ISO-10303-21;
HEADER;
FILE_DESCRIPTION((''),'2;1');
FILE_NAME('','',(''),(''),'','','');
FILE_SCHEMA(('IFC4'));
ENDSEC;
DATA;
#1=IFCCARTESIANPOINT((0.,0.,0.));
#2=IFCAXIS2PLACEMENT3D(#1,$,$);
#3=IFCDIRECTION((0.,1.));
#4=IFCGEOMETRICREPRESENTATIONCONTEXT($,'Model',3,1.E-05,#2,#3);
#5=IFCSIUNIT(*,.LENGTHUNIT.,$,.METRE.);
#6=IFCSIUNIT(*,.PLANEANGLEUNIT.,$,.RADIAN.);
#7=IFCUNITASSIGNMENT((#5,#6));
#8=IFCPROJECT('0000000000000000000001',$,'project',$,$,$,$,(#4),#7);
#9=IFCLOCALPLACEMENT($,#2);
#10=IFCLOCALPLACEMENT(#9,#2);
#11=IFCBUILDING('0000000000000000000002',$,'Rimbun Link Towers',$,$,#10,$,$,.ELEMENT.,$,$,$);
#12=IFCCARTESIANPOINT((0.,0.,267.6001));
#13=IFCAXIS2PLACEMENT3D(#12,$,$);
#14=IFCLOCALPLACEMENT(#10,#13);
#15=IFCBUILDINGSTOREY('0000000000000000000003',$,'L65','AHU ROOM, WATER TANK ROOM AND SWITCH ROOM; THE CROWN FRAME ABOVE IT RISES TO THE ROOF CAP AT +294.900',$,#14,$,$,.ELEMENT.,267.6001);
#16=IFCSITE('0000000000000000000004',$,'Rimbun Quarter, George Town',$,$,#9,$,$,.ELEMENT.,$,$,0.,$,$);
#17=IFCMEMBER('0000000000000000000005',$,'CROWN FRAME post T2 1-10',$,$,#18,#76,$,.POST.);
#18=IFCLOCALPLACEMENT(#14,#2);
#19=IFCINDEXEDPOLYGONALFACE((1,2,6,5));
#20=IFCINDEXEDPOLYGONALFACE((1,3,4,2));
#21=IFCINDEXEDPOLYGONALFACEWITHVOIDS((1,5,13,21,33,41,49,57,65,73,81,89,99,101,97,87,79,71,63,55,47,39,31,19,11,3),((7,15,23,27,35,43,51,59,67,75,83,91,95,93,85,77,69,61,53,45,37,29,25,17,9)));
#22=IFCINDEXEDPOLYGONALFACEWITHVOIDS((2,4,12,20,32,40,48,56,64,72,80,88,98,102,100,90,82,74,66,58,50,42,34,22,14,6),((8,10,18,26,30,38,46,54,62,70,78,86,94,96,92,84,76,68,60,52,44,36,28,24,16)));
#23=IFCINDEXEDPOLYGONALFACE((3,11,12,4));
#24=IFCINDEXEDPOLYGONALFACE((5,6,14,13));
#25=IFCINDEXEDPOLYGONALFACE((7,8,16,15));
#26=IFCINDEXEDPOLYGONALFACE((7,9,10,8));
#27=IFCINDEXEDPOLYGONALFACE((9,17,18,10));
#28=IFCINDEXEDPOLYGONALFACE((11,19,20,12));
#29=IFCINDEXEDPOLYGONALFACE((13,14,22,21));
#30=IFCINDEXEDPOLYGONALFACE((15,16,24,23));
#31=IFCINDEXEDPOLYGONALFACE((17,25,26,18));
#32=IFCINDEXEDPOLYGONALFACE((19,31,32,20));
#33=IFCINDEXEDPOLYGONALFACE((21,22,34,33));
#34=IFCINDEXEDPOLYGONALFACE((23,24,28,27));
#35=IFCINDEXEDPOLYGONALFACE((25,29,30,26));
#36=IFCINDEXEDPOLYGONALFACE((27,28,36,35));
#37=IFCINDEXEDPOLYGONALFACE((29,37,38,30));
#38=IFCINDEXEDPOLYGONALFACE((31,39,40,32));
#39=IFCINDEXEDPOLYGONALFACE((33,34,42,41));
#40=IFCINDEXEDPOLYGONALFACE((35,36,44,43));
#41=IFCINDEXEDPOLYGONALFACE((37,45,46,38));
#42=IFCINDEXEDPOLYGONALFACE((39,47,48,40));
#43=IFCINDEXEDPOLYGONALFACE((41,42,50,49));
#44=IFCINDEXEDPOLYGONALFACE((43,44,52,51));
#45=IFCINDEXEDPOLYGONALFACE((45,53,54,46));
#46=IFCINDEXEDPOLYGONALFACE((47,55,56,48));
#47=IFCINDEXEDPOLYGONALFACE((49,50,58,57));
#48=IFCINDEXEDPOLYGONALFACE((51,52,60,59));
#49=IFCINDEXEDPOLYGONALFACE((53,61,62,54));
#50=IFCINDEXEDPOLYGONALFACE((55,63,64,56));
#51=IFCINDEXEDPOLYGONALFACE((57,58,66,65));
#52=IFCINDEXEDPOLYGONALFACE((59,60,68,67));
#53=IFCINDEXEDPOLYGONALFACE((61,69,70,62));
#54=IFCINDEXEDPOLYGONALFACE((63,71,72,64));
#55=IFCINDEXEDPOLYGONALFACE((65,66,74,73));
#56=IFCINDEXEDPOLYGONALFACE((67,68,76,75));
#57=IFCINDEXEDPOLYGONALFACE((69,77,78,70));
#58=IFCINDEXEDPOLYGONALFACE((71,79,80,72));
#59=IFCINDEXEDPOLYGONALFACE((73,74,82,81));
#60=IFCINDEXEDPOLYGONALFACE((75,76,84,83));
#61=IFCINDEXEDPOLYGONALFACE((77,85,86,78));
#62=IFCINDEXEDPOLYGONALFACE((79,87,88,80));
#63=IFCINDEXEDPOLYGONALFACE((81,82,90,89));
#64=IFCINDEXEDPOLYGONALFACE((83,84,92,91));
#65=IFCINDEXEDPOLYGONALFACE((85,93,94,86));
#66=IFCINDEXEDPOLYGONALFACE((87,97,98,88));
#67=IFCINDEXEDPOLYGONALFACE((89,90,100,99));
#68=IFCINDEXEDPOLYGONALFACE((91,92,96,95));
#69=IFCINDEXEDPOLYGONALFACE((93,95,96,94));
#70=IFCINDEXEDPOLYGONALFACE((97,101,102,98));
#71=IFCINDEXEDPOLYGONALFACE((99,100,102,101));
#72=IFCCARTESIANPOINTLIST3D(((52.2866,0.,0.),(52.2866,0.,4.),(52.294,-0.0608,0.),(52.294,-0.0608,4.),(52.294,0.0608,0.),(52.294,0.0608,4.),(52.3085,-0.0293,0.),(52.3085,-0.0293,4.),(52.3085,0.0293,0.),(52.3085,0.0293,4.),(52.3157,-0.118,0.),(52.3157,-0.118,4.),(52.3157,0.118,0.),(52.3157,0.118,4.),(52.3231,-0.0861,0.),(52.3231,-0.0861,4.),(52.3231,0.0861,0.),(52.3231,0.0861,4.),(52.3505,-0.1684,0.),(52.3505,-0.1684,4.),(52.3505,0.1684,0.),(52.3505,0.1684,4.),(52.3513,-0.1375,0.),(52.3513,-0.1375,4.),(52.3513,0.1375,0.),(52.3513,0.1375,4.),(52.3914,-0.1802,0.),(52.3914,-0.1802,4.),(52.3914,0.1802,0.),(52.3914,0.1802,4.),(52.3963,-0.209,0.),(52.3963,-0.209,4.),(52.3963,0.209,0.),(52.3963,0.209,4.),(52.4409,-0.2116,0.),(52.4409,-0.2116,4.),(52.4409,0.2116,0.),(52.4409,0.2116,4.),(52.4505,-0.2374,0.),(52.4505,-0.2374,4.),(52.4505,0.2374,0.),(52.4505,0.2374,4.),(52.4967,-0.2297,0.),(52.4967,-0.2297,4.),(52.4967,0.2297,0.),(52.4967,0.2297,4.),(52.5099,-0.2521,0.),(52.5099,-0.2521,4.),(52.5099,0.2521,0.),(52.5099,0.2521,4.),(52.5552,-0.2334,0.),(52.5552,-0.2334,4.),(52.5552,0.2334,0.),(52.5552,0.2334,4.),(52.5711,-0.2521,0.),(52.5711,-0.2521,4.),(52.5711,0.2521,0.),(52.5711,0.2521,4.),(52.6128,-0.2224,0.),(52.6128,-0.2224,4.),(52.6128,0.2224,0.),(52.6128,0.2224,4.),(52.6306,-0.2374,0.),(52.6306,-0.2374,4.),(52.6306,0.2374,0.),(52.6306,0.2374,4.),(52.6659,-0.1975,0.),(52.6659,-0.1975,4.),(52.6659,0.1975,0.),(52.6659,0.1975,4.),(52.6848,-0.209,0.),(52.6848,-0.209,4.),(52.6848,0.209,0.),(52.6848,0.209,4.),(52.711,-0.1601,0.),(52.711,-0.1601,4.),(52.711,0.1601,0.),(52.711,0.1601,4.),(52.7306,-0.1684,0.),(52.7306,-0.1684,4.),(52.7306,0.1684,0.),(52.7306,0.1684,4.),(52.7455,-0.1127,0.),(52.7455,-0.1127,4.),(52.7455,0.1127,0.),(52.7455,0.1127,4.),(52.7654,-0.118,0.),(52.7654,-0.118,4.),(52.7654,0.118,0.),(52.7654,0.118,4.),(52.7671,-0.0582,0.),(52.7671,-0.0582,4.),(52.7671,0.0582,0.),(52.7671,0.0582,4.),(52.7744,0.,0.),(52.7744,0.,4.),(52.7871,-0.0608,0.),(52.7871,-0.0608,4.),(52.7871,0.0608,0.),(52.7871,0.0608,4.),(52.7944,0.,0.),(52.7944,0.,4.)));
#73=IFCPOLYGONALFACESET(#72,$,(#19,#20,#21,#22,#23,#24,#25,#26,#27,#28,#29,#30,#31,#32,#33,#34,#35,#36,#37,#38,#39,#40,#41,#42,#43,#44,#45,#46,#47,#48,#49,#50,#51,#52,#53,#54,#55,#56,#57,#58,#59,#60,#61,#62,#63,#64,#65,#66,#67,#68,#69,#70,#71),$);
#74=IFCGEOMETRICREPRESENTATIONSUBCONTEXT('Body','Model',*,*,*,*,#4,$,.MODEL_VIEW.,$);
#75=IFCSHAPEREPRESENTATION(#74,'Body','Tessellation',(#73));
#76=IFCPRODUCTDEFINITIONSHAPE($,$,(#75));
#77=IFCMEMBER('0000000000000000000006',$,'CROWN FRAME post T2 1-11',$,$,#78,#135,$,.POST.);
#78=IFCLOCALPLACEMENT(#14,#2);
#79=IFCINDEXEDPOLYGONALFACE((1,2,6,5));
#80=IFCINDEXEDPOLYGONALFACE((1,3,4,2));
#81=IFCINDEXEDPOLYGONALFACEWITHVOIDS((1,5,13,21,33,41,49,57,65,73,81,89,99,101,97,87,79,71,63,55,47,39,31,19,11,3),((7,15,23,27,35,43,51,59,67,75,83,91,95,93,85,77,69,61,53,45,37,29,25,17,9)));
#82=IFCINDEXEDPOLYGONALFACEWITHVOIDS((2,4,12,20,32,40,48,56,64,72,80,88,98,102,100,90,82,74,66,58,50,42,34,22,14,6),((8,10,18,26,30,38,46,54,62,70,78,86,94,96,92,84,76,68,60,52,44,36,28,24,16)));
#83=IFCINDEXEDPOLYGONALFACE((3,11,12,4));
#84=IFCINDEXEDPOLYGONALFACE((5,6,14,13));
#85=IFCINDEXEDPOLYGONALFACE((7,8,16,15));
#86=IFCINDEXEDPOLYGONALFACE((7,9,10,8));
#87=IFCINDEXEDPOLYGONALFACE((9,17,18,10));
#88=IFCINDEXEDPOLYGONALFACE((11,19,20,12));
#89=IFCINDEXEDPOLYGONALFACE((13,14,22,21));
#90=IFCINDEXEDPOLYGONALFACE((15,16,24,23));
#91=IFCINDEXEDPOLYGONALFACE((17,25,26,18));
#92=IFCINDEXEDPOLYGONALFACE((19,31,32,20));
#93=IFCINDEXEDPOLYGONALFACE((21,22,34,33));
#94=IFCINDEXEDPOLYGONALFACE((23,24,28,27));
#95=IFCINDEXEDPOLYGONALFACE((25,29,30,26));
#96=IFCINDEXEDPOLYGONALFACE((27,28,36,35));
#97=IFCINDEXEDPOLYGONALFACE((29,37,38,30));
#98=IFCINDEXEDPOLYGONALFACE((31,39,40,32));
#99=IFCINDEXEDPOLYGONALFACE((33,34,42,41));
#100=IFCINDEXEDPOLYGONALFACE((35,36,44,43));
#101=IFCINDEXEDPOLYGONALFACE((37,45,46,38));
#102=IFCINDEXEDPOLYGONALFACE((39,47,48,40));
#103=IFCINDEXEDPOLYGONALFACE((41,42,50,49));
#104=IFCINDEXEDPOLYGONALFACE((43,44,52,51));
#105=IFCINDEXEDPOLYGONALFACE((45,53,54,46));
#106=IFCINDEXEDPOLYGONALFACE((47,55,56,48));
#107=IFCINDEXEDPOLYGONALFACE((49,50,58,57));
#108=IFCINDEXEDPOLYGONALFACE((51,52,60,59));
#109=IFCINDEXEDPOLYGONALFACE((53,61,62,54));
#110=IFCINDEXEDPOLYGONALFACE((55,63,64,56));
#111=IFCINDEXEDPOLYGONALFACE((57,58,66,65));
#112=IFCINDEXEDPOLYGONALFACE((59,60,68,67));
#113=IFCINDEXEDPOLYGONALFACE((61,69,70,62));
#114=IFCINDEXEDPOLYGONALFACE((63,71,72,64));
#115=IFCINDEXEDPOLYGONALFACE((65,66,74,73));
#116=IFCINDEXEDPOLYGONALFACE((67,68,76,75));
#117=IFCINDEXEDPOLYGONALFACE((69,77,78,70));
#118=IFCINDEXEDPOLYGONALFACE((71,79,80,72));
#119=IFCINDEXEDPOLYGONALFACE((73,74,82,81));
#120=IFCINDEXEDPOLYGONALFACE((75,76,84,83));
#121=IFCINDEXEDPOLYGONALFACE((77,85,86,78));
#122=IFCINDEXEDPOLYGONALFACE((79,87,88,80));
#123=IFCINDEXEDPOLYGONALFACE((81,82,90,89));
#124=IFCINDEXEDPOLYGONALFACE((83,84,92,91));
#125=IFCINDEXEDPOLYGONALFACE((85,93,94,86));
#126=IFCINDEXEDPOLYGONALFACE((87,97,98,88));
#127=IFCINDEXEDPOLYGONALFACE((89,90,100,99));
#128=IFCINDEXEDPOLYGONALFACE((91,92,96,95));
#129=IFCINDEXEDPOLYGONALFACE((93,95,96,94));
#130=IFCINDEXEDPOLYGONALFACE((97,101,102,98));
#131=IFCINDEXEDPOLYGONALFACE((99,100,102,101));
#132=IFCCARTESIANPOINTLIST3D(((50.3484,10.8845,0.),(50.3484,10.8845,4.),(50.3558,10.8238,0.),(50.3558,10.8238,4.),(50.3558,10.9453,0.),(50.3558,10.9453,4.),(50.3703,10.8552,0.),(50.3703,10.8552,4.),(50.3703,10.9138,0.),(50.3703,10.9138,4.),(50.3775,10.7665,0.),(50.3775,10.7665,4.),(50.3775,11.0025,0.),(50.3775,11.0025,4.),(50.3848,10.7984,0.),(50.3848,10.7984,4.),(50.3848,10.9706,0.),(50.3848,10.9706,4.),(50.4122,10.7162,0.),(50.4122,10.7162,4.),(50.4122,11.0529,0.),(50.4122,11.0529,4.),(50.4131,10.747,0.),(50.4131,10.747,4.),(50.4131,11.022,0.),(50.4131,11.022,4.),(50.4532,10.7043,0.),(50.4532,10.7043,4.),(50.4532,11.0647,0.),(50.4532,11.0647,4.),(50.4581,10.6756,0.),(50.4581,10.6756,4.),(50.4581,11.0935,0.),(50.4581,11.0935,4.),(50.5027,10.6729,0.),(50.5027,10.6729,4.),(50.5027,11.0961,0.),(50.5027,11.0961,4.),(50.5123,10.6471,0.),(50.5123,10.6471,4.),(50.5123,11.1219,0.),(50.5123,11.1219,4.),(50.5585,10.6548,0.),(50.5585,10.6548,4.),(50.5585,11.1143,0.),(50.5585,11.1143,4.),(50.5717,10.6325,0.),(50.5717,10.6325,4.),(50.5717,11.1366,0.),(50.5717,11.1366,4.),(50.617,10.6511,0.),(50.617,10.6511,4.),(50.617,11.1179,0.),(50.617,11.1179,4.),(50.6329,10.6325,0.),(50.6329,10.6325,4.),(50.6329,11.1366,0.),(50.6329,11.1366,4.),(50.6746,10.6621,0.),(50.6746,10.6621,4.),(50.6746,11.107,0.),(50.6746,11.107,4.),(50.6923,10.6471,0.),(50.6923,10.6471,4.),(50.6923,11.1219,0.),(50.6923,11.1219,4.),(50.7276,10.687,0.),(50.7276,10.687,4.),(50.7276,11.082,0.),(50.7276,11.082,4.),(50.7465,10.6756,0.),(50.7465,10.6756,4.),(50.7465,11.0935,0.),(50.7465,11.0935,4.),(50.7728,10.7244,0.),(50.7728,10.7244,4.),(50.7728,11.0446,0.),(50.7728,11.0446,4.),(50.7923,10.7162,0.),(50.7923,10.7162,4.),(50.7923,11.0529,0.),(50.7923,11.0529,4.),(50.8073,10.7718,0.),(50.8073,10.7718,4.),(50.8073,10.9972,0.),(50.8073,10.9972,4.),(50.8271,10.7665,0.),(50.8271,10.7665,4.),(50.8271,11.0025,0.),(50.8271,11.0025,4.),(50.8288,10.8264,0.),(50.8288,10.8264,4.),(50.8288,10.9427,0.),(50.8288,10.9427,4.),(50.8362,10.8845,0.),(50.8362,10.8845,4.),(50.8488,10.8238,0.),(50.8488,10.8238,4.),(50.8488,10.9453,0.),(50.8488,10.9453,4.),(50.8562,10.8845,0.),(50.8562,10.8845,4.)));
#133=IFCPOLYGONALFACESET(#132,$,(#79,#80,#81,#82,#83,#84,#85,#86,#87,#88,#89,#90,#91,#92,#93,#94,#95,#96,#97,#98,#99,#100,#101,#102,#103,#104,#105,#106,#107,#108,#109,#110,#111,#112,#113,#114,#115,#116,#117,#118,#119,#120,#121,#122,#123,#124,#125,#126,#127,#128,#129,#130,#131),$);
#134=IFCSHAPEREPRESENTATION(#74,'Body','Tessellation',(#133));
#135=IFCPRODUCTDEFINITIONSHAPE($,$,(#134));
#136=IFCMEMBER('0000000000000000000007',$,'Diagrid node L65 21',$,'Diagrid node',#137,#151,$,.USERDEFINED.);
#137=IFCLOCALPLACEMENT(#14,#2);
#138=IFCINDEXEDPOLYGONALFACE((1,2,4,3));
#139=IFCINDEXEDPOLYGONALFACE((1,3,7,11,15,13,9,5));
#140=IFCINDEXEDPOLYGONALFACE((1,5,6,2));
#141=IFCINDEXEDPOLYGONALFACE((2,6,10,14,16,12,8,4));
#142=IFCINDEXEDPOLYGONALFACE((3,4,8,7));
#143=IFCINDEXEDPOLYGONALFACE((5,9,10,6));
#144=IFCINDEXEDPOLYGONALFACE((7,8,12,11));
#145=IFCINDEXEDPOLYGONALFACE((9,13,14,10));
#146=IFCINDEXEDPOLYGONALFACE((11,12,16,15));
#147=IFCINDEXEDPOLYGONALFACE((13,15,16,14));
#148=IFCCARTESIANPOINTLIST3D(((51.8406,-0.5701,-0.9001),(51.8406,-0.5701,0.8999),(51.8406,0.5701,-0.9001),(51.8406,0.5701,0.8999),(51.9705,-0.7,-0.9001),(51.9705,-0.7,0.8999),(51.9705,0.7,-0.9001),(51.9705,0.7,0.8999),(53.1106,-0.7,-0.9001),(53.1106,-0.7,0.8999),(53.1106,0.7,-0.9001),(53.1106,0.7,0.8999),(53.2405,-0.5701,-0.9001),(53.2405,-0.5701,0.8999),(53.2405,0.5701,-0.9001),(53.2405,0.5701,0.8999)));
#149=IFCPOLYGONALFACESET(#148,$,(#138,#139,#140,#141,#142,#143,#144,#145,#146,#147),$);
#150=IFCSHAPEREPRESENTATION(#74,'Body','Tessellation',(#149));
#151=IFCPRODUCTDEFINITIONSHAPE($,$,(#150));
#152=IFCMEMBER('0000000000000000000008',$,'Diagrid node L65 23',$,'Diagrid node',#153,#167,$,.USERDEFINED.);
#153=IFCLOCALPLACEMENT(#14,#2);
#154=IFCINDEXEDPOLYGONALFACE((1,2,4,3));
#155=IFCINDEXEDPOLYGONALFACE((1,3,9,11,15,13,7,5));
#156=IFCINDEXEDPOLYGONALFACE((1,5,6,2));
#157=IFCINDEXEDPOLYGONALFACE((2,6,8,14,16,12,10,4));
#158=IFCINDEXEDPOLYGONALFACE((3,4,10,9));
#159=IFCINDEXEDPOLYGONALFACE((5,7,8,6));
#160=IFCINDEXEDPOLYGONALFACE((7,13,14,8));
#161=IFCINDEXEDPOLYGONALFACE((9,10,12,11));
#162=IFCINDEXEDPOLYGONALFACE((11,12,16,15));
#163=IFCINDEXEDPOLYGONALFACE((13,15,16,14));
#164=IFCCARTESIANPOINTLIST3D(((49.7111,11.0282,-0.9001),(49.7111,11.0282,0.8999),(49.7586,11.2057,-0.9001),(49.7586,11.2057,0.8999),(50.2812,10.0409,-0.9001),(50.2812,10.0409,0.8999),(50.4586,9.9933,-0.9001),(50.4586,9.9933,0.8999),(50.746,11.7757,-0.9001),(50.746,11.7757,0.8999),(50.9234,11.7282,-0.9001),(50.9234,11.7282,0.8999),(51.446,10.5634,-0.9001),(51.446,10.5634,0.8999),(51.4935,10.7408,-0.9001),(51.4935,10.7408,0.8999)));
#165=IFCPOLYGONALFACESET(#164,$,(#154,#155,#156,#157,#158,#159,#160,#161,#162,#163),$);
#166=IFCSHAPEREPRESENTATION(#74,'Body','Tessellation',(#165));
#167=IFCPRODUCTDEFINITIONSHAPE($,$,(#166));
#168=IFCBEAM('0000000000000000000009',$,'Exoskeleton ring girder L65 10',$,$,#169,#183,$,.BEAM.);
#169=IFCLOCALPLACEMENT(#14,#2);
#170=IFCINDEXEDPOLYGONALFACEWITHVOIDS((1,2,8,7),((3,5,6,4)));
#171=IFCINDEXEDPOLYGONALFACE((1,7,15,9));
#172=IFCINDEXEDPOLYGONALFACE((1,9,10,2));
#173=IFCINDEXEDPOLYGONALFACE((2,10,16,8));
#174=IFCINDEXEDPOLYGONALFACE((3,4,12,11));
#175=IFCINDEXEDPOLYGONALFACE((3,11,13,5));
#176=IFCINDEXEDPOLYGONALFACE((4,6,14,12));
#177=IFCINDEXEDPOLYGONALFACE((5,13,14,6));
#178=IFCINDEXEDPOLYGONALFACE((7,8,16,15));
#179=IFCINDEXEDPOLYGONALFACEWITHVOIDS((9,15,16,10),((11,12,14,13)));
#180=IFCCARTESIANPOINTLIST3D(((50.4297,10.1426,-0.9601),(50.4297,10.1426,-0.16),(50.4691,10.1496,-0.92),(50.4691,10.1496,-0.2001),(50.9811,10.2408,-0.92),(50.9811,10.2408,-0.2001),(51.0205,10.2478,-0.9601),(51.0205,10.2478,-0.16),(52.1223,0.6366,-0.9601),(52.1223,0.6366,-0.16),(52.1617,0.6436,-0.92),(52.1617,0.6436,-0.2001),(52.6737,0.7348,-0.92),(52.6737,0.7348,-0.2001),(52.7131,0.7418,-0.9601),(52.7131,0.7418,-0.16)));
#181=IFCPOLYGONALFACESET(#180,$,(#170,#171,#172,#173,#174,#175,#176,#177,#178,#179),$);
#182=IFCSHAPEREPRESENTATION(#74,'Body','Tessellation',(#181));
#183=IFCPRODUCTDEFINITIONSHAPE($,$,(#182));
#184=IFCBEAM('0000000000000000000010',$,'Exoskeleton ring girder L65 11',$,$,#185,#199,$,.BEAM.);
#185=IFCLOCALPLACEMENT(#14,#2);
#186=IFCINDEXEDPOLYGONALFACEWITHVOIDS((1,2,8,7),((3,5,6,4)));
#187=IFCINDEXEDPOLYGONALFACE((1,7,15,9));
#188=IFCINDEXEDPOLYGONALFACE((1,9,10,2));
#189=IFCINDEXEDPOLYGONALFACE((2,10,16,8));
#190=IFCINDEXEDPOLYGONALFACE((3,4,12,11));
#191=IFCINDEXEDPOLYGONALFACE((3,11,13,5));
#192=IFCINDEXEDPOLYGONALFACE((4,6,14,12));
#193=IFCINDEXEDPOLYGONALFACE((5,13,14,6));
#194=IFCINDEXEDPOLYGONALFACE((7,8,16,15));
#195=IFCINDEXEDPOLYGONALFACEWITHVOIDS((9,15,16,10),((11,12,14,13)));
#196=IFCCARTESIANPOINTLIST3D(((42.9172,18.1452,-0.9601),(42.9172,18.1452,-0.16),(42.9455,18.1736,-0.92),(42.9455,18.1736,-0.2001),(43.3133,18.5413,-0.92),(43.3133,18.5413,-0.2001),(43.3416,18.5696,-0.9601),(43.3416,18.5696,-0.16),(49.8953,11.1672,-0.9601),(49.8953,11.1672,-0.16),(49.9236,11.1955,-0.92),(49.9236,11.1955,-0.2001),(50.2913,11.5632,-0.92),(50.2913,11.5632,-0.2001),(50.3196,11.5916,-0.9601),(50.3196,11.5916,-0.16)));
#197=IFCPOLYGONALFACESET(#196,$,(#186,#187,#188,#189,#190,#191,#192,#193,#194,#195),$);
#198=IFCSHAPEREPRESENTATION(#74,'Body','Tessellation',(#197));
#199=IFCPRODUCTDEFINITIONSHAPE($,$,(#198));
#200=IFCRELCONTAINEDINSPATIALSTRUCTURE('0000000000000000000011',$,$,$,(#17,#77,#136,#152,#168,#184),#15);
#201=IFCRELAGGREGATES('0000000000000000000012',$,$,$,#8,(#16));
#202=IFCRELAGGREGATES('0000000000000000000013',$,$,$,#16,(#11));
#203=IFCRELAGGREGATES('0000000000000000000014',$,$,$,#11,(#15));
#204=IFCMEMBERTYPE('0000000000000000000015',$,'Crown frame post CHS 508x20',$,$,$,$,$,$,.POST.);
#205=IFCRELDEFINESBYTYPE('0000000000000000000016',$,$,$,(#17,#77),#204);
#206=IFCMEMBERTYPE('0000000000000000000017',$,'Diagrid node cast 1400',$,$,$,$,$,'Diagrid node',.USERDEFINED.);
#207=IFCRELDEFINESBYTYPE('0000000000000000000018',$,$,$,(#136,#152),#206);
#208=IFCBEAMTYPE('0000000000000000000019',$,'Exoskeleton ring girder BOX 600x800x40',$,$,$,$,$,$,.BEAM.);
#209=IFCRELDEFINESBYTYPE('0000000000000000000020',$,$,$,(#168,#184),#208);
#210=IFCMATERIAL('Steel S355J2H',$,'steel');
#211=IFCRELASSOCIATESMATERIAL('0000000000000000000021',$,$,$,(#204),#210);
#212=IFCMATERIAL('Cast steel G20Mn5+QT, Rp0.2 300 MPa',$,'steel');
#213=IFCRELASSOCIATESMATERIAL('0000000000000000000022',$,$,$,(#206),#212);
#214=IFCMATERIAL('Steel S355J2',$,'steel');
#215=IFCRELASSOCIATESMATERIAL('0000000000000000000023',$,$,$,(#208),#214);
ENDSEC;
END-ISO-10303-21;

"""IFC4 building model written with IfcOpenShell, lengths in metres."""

from ifc_helpers import new_model, si_unit, direction, frame, origin, origin_2d, place, context, subcontext, project, spatial, polyline, hollow_rectangle, hollow_circle, outline, extrude, material, material_profile, profile_set, type_object, element, save


model = new_model("IFC4")

# Units and contexts
model_context = context("Model", 3, precision=1e-05, world=origin(), true_north=direction((0.0, 1.0)))
body_context = subcontext(model_context, "Body", "Model", "MODEL_VIEW")
ifc_project = project(units=[si_unit("LENGTHUNIT", "METRE"), si_unit("PLANEANGLEUNIT", "RADIAN")], contexts=[model_context])

# Site, building, storey
site_placement = place(None, origin())
site = spatial("IfcSite", under=ifc_project, at=site_placement, Name="Rimbun Quarter, George Town", CompositionType="ELEMENT", RefElevation=0.0)
building_placement = place(site_placement, origin())
building = spatial("IfcBuilding", under=site, at=building_placement, Name="Rimbun Link Towers", CompositionType="ELEMENT")
storey_placement = place(building_placement, frame((0.0, 0.0, 267.6001)))
storey = spatial("IfcBuildingStorey", under=building, at=storey_placement, Name="L65", Description="AHU ROOM, WATER TANK ROOM AND SWITCH ROOM; THE CROWN FRAME ABOVE IT RISES TO THE ROOF CAP AT +294.900", CompositionType="ELEMENT", Elevation=267.6001)

# Members
ifc_material_1 = material(Name="Steel S355J2H", Category="steel")
ifc_material_profile_1 = material_profile(ifc_material_1, hollow_circle(Radius=0.2539, WallThickness=0.02, at=origin_2d()), Name="Crown frame post CHS 508x20")
ifc_profile_set_1 = profile_set([ifc_material_profile_1], Name="Steel S355J2H")
member_type_1 = type_object("IfcMemberType", Name="Crown frame post CHS 508x20", PredefinedType="POST", material=ifc_profile_set_1)
for number, where, z_axis, x_axis, name in (
    (1, (52.5405, 0.0, 0.0), (0.0, 0.0, 1.0), (1.0, 0.0, 0.0), "CROWN FRAME post T2 1-10"),
    (2, (50.6023, 10.8845, 0.0), (0.0, 0.0, 1.0), (1.0, 0.0, 0.0), "CROWN FRAME post T2 1-11"),
):
    element("IfcMember", number, at=place(storey_placement, frame(where, z_axis=z_axis, x_axis=x_axis)), inside=storey, type_object=member_type_1, Name=name, PredefinedType="POST", context=body_context, shape_type="SweptSolid", body=[
        extrude(hollow_circle(Radius=0.2539, WallThickness=0.02, at=origin_2d()), origin(), (0.0, 0.0, 1.0), 4.0),
    ])
ifc_material_2 = material(Name="Cast steel G20Mn5+QT, Rp0.2 300 MPa", Category="steel")
ifc_material_profile_2 = material_profile(ifc_material_2, outline(polyline([(0.7, -0.5701), (0.7, 0.5701), (0.5701, 0.7), (-0.5701, 0.7), (-0.7, 0.5701), (-0.7, -0.5701), (-0.5701, -0.7), (0.5701, -0.7), (0.7, -0.5701)])), Name="NODE 1400x1400")
ifc_profile_set_2 = profile_set([ifc_material_profile_2], Name="Cast steel G20Mn5+QT, Rp0.2 300 MPa")
member_type_2 = type_object("IfcMemberType", Name="Diagrid node cast 1400", ElementType="Diagrid node", PredefinedType="USERDEFINED", material=ifc_profile_set_2)
for number, where, z_axis, x_axis, name in (
    (3, (52.5405, 0.0, -0.9001), (0.0, 0.0, 1.0), (1.0, 0.0, 0.0), "Diagrid node L65 21"),
    (4, (50.6023, 10.8845, -0.9001), (0.0, 0.0, 1.0), (0.866025, 0.5, 0.0), "Diagrid node L65 23"),
):
    element("IfcMember", number, at=place(storey_placement, frame(where, z_axis=z_axis, x_axis=x_axis)), inside=storey, type_object=member_type_2, Name=name, ObjectType="Diagrid node", PredefinedType="USERDEFINED", context=body_context, shape_type="SweptSolid", body=[
        extrude(outline(polyline([(0.7, -0.5701), (0.7, 0.5701), (0.5701, 0.7), (-0.5701, 0.7), (-0.7, 0.5701), (-0.7, -0.5701), (-0.5701, -0.7), (0.5701, -0.7), (0.7, -0.5701)])), origin(), (0.0, 0.0, 1.0), 1.8),
    ])

# Beams
ifc_material_3 = material(Name="Steel S355J2", Category="steel")
ifc_material_profile_3 = material_profile(ifc_material_3, hollow_rectangle(XDim=0.6001, YDim=0.8, WallThickness=0.04, at=origin_2d()), Name="Exoskeleton ring girder BOX 600x800x40")
ifc_profile_set_3 = profile_set([ifc_material_profile_3], Name="Steel S355J2")
beam_type_1 = type_object("IfcBeamType", Name="Exoskeleton ring girder BOX 600x800x40", PredefinedType="BEAM", material=ifc_profile_set_3)
beam_1_placement = place(storey_placement, frame((52.4177, 0.6892, -0.5601), z_axis=(-0.1753, 0.984515, 0.0), x_axis=(-0.984515, -0.1753, 0.0)))
element("IfcBeam", 5, at=beam_1_placement, inside=storey, type_object=beam_type_1, Name="Exoskeleton ring girder L65 10", PredefinedType="BEAM", context=body_context, shape_type="SweptSolid", body=[
    extrude(hollow_rectangle(XDim=0.6001, YDim=0.8, WallThickness=0.04, at=origin_2d()), origin(), (0.0, 0.0, 1.0), 9.6555),
])
beam_2_placement = place(storey_placement, frame((50.1074, 11.3794, -0.5601), z_axis=(-0.707107, 0.707107, 0.0), x_axis=(-0.707107, -0.707107, 0.0)))
element("IfcBeam", 6, at=beam_2_placement, inside=storey, type_object=beam_type_1, Name="Exoskeleton ring girder L65 11", PredefinedType="BEAM", context=body_context, shape_type="SweptSolid", body=[
    extrude(hollow_rectangle(XDim=0.6001, YDim=0.8, WallThickness=0.04, at=origin_2d()), origin(), (0.0, 0.0, 1.0), 9.8684),
])

save(model, "model.ifc")
